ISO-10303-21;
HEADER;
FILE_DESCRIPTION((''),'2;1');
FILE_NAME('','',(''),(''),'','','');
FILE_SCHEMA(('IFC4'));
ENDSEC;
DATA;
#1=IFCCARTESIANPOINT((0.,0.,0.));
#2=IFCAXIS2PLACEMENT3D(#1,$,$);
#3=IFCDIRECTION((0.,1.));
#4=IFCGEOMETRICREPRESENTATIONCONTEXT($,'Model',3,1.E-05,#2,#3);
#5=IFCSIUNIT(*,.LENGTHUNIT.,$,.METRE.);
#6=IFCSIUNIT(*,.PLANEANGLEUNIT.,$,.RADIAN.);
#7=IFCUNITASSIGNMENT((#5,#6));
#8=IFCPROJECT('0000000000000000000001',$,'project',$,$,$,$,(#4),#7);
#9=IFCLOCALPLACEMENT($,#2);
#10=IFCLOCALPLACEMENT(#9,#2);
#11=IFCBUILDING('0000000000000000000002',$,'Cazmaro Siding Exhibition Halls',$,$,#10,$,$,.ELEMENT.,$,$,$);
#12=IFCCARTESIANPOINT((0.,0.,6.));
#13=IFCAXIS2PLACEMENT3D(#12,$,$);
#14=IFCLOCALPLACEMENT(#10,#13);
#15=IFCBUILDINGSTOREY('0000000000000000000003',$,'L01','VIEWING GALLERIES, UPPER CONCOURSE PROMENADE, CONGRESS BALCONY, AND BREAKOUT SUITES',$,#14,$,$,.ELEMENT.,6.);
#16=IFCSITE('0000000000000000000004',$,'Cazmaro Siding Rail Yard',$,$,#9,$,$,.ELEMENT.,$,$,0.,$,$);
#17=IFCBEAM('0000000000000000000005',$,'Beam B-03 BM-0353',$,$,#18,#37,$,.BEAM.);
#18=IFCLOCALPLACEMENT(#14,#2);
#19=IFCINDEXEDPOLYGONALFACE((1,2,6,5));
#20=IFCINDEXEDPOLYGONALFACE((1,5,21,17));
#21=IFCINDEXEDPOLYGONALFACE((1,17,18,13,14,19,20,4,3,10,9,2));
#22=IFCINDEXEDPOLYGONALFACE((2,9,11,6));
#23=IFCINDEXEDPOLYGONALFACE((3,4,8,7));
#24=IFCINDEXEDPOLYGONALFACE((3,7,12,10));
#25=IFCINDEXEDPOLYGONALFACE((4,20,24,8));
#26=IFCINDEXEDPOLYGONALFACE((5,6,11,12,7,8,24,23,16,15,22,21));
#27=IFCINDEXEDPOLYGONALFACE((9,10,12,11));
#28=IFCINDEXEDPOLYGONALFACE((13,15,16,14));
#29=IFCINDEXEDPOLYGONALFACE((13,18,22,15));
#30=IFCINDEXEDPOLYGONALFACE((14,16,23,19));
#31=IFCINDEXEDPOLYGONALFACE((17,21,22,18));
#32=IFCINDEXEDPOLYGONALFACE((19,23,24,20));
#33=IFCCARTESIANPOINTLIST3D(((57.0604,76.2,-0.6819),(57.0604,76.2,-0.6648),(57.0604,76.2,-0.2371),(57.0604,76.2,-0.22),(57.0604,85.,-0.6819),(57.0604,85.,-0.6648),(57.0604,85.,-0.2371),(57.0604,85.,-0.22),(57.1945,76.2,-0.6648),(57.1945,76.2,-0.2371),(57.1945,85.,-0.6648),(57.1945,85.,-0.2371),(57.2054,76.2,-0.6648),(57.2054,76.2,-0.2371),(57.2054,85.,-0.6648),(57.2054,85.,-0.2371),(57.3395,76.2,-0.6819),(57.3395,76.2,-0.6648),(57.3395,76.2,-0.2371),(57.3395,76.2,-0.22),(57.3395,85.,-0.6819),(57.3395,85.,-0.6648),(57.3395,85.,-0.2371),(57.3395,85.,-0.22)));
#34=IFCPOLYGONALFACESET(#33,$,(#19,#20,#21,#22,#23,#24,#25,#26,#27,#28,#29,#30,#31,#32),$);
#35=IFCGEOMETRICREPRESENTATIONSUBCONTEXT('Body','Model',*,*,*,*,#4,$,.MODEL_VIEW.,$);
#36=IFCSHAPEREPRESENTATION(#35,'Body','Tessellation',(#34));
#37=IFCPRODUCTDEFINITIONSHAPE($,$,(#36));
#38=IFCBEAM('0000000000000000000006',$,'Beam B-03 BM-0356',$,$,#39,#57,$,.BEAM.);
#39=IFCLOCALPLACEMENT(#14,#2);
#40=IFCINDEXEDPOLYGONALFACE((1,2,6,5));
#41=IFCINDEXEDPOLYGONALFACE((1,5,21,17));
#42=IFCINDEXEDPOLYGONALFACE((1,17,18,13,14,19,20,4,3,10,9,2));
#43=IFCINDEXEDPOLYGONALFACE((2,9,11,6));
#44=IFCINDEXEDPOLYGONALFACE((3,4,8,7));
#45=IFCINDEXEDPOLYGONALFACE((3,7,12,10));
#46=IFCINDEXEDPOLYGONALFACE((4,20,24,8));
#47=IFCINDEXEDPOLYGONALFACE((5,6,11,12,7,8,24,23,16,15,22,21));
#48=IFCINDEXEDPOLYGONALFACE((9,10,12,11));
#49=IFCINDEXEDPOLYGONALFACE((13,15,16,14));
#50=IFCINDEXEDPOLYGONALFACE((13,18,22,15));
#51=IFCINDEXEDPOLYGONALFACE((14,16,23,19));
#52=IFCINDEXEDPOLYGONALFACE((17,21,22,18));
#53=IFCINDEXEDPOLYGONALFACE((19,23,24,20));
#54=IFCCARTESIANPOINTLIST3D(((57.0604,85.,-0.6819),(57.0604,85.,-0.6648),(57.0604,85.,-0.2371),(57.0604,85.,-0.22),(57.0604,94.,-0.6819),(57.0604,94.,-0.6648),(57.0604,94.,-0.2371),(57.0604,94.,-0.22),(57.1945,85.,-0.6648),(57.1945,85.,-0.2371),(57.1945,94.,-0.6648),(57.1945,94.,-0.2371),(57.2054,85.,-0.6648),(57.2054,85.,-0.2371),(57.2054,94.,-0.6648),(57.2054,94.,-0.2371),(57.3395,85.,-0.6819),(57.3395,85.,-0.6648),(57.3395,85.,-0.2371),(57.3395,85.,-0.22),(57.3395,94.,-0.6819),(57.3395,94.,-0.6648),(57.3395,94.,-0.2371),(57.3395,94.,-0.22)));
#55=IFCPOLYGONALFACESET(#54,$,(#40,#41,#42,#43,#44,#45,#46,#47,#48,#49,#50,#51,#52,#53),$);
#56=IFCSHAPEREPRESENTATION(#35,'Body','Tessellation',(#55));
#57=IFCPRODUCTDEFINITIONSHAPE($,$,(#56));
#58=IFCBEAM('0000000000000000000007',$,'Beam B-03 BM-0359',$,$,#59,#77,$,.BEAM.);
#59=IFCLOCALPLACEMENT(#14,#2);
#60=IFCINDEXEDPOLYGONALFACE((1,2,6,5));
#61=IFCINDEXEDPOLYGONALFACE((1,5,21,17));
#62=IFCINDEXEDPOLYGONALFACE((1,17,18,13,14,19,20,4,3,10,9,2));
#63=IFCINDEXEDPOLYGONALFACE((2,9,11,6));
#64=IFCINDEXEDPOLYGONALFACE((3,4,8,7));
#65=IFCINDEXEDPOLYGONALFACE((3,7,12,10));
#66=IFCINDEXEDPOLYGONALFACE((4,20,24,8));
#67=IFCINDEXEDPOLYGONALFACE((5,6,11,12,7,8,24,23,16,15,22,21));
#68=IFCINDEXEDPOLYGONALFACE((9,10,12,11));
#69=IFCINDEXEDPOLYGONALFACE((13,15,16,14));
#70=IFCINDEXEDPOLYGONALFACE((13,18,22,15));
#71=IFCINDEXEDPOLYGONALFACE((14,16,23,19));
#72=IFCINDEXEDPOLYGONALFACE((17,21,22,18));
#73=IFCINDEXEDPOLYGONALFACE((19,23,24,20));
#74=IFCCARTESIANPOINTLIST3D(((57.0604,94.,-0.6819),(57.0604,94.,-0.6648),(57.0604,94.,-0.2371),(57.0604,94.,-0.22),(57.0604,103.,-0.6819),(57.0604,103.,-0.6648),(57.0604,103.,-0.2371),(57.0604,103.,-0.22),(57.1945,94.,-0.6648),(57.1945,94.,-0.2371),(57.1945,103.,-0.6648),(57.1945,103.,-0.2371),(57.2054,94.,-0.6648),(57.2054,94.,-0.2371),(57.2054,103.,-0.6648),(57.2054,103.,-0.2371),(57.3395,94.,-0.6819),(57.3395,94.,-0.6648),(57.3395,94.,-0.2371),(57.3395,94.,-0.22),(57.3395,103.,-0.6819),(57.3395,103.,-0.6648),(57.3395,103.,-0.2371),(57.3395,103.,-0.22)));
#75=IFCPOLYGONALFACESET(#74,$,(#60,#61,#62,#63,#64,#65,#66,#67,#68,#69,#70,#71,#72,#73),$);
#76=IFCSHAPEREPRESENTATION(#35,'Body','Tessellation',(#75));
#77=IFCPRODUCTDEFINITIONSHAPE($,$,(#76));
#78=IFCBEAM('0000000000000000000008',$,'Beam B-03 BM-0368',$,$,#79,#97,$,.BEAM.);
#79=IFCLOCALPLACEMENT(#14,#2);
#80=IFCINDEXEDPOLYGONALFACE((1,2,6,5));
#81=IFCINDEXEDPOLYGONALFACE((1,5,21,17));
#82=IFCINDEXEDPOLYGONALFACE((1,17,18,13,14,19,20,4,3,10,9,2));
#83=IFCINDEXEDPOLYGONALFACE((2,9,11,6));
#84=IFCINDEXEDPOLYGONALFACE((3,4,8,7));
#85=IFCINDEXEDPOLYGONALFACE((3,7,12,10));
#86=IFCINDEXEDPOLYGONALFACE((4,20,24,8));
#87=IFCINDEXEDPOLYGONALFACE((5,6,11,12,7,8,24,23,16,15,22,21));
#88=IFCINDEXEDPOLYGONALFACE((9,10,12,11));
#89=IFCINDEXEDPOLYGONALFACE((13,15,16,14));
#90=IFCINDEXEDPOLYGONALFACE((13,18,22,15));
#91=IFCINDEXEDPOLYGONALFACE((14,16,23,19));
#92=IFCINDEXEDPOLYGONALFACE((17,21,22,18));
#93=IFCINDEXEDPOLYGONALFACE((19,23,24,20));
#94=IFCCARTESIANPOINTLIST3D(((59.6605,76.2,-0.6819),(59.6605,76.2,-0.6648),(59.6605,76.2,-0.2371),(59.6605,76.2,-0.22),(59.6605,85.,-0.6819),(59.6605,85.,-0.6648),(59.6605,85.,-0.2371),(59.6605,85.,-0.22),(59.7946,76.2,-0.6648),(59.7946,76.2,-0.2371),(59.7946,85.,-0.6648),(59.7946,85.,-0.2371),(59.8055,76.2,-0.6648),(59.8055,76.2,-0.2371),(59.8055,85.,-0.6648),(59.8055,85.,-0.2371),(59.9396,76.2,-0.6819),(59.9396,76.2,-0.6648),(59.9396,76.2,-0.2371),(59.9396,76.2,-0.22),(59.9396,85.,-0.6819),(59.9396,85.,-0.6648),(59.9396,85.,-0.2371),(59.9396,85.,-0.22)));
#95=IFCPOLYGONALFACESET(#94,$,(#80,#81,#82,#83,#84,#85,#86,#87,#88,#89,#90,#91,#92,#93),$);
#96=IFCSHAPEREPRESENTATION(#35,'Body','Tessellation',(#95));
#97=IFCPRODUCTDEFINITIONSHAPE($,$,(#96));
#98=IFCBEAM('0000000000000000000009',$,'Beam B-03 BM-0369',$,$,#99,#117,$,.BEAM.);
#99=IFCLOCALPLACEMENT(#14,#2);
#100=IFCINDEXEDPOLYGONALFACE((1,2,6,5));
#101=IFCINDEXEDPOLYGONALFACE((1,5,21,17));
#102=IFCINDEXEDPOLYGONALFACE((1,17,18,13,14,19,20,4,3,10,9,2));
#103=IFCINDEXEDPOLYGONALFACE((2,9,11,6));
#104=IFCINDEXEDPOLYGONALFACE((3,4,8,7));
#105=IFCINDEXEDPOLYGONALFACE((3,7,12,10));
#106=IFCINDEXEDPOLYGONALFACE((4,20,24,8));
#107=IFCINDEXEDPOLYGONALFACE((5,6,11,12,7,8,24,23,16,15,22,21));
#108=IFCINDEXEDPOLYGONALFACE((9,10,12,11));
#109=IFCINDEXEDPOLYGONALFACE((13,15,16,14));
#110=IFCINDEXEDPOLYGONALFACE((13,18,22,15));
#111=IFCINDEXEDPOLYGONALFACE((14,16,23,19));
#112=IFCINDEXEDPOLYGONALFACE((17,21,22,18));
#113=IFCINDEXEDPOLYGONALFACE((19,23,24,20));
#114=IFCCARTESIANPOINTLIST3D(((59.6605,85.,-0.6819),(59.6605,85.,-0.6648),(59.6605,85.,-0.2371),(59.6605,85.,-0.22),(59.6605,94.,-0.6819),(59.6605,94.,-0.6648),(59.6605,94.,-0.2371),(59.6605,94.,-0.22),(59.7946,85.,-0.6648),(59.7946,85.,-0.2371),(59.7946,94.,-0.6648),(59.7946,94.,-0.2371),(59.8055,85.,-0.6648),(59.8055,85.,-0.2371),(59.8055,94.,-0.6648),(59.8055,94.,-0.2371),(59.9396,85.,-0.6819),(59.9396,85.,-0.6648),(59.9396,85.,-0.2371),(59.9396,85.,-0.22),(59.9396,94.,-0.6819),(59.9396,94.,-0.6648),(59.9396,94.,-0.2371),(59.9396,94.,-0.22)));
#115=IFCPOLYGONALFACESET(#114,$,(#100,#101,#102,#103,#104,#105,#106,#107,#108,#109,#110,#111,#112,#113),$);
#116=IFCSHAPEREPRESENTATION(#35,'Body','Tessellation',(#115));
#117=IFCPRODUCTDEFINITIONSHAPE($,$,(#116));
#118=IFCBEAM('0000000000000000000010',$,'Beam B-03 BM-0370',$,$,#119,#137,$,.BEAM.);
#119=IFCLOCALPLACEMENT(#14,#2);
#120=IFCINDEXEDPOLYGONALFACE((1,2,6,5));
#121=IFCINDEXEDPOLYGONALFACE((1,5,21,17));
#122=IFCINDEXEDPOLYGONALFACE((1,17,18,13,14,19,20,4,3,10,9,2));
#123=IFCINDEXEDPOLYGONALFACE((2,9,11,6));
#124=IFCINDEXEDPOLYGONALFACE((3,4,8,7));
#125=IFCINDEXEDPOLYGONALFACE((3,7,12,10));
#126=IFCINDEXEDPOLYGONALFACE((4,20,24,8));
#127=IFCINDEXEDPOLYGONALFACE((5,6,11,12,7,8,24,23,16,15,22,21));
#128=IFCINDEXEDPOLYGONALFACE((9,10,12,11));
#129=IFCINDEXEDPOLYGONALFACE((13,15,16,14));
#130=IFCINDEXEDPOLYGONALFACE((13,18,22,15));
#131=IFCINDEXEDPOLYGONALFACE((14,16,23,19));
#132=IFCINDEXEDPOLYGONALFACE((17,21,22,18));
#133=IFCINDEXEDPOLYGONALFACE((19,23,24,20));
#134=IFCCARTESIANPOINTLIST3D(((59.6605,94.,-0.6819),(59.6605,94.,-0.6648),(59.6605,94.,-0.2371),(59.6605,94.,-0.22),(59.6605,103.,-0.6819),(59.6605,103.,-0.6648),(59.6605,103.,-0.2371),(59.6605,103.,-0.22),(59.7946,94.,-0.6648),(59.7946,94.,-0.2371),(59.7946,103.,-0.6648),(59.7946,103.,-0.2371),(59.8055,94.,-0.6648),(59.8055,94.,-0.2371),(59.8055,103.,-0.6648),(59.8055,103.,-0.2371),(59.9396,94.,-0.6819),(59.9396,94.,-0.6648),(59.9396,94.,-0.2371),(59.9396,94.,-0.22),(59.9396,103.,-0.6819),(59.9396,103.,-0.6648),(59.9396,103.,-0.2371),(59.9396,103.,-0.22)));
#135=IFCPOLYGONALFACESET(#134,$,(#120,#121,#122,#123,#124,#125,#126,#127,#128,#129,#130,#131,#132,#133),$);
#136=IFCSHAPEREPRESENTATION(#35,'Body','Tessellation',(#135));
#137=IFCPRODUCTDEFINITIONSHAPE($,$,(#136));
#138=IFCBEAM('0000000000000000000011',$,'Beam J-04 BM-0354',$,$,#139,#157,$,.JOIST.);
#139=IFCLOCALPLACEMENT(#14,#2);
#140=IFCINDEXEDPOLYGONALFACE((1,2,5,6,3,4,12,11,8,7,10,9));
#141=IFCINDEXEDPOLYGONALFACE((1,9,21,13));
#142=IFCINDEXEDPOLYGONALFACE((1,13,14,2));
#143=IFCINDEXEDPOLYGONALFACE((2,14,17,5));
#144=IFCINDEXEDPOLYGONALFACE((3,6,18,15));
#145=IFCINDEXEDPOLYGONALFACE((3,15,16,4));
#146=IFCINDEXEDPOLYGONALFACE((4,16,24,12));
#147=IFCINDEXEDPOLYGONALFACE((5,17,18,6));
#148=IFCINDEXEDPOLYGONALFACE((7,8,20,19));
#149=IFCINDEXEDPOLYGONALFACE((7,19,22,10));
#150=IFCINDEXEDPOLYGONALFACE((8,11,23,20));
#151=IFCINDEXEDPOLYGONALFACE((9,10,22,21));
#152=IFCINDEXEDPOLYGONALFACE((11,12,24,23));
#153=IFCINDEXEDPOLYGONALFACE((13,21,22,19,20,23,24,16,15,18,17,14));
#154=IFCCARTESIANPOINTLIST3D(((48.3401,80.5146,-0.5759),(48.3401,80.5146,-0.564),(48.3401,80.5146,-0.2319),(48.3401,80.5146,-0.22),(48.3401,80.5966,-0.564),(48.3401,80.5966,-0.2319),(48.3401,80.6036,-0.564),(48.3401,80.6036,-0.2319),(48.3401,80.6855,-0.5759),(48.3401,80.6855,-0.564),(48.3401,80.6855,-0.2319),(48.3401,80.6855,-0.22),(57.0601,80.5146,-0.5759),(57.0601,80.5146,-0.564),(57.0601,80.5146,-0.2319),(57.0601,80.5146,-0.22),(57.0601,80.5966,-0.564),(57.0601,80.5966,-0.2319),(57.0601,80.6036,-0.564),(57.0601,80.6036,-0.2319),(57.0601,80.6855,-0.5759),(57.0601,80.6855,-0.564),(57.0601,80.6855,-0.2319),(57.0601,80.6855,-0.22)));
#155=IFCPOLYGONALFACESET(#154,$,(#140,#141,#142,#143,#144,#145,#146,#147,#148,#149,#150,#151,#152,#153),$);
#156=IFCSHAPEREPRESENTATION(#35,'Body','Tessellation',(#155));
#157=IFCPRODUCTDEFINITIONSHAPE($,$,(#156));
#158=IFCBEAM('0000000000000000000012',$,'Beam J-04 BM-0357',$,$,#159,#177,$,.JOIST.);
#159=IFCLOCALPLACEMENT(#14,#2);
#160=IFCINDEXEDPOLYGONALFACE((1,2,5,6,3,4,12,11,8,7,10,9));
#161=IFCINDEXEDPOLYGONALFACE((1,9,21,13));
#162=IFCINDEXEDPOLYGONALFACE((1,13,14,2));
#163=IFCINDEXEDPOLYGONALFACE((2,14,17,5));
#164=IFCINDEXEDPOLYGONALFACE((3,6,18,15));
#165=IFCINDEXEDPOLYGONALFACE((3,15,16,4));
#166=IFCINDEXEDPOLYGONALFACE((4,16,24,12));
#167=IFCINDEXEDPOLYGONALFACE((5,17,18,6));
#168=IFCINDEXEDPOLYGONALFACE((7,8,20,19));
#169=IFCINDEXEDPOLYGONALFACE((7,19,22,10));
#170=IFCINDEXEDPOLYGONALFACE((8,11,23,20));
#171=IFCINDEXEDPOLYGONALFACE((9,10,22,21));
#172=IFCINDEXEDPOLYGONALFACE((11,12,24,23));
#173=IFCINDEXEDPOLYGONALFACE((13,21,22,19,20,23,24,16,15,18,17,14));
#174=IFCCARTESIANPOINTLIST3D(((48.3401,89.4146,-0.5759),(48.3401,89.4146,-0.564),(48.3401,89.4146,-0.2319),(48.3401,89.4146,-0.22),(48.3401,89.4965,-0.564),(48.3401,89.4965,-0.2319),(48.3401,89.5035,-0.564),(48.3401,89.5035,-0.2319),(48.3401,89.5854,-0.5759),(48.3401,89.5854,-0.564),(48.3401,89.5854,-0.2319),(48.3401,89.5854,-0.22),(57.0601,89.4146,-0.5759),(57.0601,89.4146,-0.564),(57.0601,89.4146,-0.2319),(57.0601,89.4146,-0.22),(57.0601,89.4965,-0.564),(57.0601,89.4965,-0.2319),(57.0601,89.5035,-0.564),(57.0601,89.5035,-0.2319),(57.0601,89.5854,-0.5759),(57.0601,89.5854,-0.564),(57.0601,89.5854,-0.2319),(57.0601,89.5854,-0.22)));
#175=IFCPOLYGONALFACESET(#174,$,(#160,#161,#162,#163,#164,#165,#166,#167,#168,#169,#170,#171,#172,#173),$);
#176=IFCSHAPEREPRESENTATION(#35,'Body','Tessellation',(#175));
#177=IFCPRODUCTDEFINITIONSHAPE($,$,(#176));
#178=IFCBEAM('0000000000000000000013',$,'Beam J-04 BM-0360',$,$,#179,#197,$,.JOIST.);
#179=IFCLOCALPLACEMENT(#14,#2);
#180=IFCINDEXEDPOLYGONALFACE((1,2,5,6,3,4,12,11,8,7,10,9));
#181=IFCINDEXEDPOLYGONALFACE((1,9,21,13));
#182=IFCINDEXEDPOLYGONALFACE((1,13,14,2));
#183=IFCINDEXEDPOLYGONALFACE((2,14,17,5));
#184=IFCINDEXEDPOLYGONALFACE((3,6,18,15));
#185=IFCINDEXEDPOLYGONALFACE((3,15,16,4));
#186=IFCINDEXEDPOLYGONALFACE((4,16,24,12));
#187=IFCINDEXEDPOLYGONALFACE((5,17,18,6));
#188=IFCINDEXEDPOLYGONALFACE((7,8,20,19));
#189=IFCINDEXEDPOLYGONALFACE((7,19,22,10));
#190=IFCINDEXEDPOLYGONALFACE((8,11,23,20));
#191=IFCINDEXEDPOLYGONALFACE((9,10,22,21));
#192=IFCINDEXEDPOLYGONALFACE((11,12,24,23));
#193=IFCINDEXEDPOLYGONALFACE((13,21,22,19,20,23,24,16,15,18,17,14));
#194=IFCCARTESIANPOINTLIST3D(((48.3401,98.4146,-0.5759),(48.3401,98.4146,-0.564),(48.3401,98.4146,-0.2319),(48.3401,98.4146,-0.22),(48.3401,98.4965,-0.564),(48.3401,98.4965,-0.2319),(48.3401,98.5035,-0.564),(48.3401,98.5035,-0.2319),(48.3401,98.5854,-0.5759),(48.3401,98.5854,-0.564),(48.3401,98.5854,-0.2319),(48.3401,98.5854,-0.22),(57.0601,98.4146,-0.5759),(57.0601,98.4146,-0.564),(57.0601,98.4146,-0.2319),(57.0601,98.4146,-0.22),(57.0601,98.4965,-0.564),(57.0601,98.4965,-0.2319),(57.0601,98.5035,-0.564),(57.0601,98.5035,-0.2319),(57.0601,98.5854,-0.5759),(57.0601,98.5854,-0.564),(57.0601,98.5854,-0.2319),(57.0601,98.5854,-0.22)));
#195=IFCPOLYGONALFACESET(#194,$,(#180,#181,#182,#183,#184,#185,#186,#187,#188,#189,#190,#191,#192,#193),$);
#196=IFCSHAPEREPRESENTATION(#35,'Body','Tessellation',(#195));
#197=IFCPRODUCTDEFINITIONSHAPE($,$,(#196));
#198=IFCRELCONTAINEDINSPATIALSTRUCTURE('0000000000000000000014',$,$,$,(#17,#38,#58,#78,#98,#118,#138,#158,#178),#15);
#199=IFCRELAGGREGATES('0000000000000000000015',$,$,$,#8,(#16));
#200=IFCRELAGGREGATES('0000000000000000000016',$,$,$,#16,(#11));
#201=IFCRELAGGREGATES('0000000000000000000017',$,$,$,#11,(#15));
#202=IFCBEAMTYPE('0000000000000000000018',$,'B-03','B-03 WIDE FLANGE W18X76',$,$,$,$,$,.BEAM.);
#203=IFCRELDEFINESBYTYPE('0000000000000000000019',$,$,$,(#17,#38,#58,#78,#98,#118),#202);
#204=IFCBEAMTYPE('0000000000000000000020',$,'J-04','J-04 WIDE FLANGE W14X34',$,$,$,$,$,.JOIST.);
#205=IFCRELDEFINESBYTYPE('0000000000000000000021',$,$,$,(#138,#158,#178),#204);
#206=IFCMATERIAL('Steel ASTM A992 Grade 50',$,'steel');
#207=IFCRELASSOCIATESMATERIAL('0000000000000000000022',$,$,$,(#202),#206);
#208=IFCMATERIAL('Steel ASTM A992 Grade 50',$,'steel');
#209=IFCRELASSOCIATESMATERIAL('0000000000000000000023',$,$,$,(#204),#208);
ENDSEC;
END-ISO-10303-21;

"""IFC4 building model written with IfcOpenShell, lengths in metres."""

from ifc_helpers import new_model, si_unit, direction, frame, origin, origin_2d, place, context, subcontext, project, spatial, i_section, extrude, material, material_profile, profile_set, type_object, element, save


model = new_model("IFC4")

# Units and contexts
model_context = context("Model", 3, precision=1e-05, world=origin(), true_north=direction((0.0, 1.0)))
body_context = subcontext(model_context, "Body", "Model", "MODEL_VIEW")
ifc_project = project(units=[si_unit("LENGTHUNIT", "METRE"), si_unit("PLANEANGLEUNIT", "RADIAN")], contexts=[model_context])

# Site, building, storey
site_placement = place(None, origin())
site = spatial("IfcSite", under=ifc_project, at=site_placement, Name="Cazmaro Siding Rail Yard", CompositionType="ELEMENT", RefElevation=0.0)
building_placement = place(site_placement, origin())
building = spatial("IfcBuilding", under=site, at=building_placement, Name="Cazmaro Siding Exhibition Halls", CompositionType="ELEMENT")
storey_placement = place(building_placement, frame((0.0, 0.0, 6.0)))
storey = spatial("IfcBuildingStorey", under=building, at=storey_placement, Name="L01", Description="VIEWING GALLERIES, UPPER CONCOURSE PROMENADE, CONGRESS BALCONY, AND BREAKOUT SUITES", CompositionType="ELEMENT", Elevation=6.0)

# Beams
ifc_material_1 = material(Name="Steel ASTM A992 Grade 50", Category="steel")
ifc_material_profile_1 = material_profile(ifc_material_1, i_section(OverallWidth=0.2791, OverallDepth=0.4619, WebThickness=0.011, FlangeThickness=0.0171, at=origin_2d()), Name="W18X76")
ifc_profile_set_1 = profile_set([ifc_material_profile_1], Name="Steel ASTM A992 Grade 50")
beam_type_1 = type_object("IfcBeamType", Name="B-03", Description="B-03 WIDE FLANGE W18X76", PredefinedType="BEAM", material=ifc_profile_set_1)
beam_1_placement = place(storey_placement, frame((57.2, 76.2, -0.4509), z_axis=(0.0, 1.0, 0.0), x_axis=(-1.0, 0.0, 0.0)))
element("IfcBeam", 1, at=beam_1_placement, inside=storey, type_object=beam_type_1, Name="Beam B-03 BM-0353", PredefinedType="BEAM", context=body_context, shape_type="SweptSolid", body=[
    extrude(i_section(OverallWidth=0.2791, OverallDepth=0.4619, WebThickness=0.011, FlangeThickness=0.0171, at=origin_2d()), origin(), (0.0, 0.0, 1.0), 8.8),
])
for number, where, z_axis, x_axis, name in (
    (2, (57.2, 85.0, -0.4509), (0.0, 1.0, 0.0), (-1.0, 0.0, 0.0), "Beam B-03 BM-0356"),
    (3, (57.2, 94.0, -0.4509), (0.0, 1.0, 0.0), (-1.0, 0.0, 0.0), "Beam B-03 BM-0359"),
):
    element("IfcBeam", number, at=place(storey_placement, frame(where, z_axis=z_axis, x_axis=x_axis)), inside=storey, type_object=beam_type_1, Name=name, PredefinedType="BEAM", context=body_context, shape_type="SweptSolid", body=[
        extrude(i_section(OverallWidth=0.2791, OverallDepth=0.4619, WebThickness=0.011, FlangeThickness=0.0171, at=origin_2d()), origin(), (0.0, 0.0, 1.0), 9.0),
    ])
beam_2_placement = place(storey_placement, frame((59.8, 76.2, -0.4509), z_axis=(0.0, 1.0, 0.0), x_axis=(-1.0, 0.0, 0.0)))
element("IfcBeam", 4, at=beam_2_placement, inside=storey, type_object=beam_type_1, Name="Beam B-03 BM-0368", PredefinedType="BEAM", context=body_context, shape_type="SweptSolid", body=[
    extrude(i_section(OverallWidth=0.2791, OverallDepth=0.4619, WebThickness=0.011, FlangeThickness=0.0171, at=origin_2d()), origin(), (0.0, 0.0, 1.0), 8.8),
])
for number, where, z_axis, x_axis, name in (
    (5, (59.8, 85.0, -0.4509), (0.0, 1.0, 0.0), (-1.0, 0.0, 0.0), "Beam B-03 BM-0369"),
    (6, (59.8, 94.0, -0.4509), (0.0, 1.0, 0.0), (-1.0, 0.0, 0.0), "Beam B-03 BM-0370"),
):
    element("IfcBeam", number, at=place(storey_placement, frame(where, z_axis=z_axis, x_axis=x_axis)), inside=storey, type_object=beam_type_1, Name=name, PredefinedType="BEAM", context=body_context, shape_type="SweptSolid", body=[
        extrude(i_section(OverallWidth=0.2791, OverallDepth=0.4619, WebThickness=0.011, FlangeThickness=0.0171, at=origin_2d()), origin(), (0.0, 0.0, 1.0), 9.0),
    ])
ifc_material_2 = material(Name="Steel ASTM A992 Grade 50", Category="steel")
ifc_material_profile_2 = material_profile(ifc_material_2, i_section(OverallWidth=0.1709, OverallDepth=0.356, WebThickness=0.0071, FlangeThickness=0.012, at=origin_2d()), Name="W14X34")
ifc_profile_set_2 = profile_set([ifc_material_profile_2], Name="Steel ASTM A992 Grade 50")
beam_type_2 = type_object("IfcBeamType", Name="J-04", Description="J-04 WIDE FLANGE W14X34", PredefinedType="JOIST", material=ifc_profile_set_2)
for number, where, z_axis, x_axis, name in (
    (7, (48.3401, 80.6001, -0.3979), (1.0, 0.0, 0.0), (0.0, 1.0, 0.0), "Beam J-04 BM-0354"),
    (8, (48.3401, 89.5, -0.3979), (1.0, 0.0, 0.0), (0.0, 1.0, 0.0), "Beam J-04 BM-0357"),
    (9, (48.3401, 98.5, -0.3979), (1.0, 0.0, 0.0), (0.0, 1.0, 0.0), "Beam J-04 BM-0360"),
):
    element("IfcBeam", number, at=place(storey_placement, frame(where, z_axis=z_axis, x_axis=x_axis)), inside=storey, type_object=beam_type_2, Name=name, PredefinedType="JOIST", context=body_context, shape_type="SweptSolid", body=[
        extrude(i_section(OverallWidth=0.1709, OverallDepth=0.356, WebThickness=0.0071, FlangeThickness=0.012, at=origin_2d()), origin(), (0.0, 0.0, 1.0), 8.72),
    ])

save(model, "model.ifc")
